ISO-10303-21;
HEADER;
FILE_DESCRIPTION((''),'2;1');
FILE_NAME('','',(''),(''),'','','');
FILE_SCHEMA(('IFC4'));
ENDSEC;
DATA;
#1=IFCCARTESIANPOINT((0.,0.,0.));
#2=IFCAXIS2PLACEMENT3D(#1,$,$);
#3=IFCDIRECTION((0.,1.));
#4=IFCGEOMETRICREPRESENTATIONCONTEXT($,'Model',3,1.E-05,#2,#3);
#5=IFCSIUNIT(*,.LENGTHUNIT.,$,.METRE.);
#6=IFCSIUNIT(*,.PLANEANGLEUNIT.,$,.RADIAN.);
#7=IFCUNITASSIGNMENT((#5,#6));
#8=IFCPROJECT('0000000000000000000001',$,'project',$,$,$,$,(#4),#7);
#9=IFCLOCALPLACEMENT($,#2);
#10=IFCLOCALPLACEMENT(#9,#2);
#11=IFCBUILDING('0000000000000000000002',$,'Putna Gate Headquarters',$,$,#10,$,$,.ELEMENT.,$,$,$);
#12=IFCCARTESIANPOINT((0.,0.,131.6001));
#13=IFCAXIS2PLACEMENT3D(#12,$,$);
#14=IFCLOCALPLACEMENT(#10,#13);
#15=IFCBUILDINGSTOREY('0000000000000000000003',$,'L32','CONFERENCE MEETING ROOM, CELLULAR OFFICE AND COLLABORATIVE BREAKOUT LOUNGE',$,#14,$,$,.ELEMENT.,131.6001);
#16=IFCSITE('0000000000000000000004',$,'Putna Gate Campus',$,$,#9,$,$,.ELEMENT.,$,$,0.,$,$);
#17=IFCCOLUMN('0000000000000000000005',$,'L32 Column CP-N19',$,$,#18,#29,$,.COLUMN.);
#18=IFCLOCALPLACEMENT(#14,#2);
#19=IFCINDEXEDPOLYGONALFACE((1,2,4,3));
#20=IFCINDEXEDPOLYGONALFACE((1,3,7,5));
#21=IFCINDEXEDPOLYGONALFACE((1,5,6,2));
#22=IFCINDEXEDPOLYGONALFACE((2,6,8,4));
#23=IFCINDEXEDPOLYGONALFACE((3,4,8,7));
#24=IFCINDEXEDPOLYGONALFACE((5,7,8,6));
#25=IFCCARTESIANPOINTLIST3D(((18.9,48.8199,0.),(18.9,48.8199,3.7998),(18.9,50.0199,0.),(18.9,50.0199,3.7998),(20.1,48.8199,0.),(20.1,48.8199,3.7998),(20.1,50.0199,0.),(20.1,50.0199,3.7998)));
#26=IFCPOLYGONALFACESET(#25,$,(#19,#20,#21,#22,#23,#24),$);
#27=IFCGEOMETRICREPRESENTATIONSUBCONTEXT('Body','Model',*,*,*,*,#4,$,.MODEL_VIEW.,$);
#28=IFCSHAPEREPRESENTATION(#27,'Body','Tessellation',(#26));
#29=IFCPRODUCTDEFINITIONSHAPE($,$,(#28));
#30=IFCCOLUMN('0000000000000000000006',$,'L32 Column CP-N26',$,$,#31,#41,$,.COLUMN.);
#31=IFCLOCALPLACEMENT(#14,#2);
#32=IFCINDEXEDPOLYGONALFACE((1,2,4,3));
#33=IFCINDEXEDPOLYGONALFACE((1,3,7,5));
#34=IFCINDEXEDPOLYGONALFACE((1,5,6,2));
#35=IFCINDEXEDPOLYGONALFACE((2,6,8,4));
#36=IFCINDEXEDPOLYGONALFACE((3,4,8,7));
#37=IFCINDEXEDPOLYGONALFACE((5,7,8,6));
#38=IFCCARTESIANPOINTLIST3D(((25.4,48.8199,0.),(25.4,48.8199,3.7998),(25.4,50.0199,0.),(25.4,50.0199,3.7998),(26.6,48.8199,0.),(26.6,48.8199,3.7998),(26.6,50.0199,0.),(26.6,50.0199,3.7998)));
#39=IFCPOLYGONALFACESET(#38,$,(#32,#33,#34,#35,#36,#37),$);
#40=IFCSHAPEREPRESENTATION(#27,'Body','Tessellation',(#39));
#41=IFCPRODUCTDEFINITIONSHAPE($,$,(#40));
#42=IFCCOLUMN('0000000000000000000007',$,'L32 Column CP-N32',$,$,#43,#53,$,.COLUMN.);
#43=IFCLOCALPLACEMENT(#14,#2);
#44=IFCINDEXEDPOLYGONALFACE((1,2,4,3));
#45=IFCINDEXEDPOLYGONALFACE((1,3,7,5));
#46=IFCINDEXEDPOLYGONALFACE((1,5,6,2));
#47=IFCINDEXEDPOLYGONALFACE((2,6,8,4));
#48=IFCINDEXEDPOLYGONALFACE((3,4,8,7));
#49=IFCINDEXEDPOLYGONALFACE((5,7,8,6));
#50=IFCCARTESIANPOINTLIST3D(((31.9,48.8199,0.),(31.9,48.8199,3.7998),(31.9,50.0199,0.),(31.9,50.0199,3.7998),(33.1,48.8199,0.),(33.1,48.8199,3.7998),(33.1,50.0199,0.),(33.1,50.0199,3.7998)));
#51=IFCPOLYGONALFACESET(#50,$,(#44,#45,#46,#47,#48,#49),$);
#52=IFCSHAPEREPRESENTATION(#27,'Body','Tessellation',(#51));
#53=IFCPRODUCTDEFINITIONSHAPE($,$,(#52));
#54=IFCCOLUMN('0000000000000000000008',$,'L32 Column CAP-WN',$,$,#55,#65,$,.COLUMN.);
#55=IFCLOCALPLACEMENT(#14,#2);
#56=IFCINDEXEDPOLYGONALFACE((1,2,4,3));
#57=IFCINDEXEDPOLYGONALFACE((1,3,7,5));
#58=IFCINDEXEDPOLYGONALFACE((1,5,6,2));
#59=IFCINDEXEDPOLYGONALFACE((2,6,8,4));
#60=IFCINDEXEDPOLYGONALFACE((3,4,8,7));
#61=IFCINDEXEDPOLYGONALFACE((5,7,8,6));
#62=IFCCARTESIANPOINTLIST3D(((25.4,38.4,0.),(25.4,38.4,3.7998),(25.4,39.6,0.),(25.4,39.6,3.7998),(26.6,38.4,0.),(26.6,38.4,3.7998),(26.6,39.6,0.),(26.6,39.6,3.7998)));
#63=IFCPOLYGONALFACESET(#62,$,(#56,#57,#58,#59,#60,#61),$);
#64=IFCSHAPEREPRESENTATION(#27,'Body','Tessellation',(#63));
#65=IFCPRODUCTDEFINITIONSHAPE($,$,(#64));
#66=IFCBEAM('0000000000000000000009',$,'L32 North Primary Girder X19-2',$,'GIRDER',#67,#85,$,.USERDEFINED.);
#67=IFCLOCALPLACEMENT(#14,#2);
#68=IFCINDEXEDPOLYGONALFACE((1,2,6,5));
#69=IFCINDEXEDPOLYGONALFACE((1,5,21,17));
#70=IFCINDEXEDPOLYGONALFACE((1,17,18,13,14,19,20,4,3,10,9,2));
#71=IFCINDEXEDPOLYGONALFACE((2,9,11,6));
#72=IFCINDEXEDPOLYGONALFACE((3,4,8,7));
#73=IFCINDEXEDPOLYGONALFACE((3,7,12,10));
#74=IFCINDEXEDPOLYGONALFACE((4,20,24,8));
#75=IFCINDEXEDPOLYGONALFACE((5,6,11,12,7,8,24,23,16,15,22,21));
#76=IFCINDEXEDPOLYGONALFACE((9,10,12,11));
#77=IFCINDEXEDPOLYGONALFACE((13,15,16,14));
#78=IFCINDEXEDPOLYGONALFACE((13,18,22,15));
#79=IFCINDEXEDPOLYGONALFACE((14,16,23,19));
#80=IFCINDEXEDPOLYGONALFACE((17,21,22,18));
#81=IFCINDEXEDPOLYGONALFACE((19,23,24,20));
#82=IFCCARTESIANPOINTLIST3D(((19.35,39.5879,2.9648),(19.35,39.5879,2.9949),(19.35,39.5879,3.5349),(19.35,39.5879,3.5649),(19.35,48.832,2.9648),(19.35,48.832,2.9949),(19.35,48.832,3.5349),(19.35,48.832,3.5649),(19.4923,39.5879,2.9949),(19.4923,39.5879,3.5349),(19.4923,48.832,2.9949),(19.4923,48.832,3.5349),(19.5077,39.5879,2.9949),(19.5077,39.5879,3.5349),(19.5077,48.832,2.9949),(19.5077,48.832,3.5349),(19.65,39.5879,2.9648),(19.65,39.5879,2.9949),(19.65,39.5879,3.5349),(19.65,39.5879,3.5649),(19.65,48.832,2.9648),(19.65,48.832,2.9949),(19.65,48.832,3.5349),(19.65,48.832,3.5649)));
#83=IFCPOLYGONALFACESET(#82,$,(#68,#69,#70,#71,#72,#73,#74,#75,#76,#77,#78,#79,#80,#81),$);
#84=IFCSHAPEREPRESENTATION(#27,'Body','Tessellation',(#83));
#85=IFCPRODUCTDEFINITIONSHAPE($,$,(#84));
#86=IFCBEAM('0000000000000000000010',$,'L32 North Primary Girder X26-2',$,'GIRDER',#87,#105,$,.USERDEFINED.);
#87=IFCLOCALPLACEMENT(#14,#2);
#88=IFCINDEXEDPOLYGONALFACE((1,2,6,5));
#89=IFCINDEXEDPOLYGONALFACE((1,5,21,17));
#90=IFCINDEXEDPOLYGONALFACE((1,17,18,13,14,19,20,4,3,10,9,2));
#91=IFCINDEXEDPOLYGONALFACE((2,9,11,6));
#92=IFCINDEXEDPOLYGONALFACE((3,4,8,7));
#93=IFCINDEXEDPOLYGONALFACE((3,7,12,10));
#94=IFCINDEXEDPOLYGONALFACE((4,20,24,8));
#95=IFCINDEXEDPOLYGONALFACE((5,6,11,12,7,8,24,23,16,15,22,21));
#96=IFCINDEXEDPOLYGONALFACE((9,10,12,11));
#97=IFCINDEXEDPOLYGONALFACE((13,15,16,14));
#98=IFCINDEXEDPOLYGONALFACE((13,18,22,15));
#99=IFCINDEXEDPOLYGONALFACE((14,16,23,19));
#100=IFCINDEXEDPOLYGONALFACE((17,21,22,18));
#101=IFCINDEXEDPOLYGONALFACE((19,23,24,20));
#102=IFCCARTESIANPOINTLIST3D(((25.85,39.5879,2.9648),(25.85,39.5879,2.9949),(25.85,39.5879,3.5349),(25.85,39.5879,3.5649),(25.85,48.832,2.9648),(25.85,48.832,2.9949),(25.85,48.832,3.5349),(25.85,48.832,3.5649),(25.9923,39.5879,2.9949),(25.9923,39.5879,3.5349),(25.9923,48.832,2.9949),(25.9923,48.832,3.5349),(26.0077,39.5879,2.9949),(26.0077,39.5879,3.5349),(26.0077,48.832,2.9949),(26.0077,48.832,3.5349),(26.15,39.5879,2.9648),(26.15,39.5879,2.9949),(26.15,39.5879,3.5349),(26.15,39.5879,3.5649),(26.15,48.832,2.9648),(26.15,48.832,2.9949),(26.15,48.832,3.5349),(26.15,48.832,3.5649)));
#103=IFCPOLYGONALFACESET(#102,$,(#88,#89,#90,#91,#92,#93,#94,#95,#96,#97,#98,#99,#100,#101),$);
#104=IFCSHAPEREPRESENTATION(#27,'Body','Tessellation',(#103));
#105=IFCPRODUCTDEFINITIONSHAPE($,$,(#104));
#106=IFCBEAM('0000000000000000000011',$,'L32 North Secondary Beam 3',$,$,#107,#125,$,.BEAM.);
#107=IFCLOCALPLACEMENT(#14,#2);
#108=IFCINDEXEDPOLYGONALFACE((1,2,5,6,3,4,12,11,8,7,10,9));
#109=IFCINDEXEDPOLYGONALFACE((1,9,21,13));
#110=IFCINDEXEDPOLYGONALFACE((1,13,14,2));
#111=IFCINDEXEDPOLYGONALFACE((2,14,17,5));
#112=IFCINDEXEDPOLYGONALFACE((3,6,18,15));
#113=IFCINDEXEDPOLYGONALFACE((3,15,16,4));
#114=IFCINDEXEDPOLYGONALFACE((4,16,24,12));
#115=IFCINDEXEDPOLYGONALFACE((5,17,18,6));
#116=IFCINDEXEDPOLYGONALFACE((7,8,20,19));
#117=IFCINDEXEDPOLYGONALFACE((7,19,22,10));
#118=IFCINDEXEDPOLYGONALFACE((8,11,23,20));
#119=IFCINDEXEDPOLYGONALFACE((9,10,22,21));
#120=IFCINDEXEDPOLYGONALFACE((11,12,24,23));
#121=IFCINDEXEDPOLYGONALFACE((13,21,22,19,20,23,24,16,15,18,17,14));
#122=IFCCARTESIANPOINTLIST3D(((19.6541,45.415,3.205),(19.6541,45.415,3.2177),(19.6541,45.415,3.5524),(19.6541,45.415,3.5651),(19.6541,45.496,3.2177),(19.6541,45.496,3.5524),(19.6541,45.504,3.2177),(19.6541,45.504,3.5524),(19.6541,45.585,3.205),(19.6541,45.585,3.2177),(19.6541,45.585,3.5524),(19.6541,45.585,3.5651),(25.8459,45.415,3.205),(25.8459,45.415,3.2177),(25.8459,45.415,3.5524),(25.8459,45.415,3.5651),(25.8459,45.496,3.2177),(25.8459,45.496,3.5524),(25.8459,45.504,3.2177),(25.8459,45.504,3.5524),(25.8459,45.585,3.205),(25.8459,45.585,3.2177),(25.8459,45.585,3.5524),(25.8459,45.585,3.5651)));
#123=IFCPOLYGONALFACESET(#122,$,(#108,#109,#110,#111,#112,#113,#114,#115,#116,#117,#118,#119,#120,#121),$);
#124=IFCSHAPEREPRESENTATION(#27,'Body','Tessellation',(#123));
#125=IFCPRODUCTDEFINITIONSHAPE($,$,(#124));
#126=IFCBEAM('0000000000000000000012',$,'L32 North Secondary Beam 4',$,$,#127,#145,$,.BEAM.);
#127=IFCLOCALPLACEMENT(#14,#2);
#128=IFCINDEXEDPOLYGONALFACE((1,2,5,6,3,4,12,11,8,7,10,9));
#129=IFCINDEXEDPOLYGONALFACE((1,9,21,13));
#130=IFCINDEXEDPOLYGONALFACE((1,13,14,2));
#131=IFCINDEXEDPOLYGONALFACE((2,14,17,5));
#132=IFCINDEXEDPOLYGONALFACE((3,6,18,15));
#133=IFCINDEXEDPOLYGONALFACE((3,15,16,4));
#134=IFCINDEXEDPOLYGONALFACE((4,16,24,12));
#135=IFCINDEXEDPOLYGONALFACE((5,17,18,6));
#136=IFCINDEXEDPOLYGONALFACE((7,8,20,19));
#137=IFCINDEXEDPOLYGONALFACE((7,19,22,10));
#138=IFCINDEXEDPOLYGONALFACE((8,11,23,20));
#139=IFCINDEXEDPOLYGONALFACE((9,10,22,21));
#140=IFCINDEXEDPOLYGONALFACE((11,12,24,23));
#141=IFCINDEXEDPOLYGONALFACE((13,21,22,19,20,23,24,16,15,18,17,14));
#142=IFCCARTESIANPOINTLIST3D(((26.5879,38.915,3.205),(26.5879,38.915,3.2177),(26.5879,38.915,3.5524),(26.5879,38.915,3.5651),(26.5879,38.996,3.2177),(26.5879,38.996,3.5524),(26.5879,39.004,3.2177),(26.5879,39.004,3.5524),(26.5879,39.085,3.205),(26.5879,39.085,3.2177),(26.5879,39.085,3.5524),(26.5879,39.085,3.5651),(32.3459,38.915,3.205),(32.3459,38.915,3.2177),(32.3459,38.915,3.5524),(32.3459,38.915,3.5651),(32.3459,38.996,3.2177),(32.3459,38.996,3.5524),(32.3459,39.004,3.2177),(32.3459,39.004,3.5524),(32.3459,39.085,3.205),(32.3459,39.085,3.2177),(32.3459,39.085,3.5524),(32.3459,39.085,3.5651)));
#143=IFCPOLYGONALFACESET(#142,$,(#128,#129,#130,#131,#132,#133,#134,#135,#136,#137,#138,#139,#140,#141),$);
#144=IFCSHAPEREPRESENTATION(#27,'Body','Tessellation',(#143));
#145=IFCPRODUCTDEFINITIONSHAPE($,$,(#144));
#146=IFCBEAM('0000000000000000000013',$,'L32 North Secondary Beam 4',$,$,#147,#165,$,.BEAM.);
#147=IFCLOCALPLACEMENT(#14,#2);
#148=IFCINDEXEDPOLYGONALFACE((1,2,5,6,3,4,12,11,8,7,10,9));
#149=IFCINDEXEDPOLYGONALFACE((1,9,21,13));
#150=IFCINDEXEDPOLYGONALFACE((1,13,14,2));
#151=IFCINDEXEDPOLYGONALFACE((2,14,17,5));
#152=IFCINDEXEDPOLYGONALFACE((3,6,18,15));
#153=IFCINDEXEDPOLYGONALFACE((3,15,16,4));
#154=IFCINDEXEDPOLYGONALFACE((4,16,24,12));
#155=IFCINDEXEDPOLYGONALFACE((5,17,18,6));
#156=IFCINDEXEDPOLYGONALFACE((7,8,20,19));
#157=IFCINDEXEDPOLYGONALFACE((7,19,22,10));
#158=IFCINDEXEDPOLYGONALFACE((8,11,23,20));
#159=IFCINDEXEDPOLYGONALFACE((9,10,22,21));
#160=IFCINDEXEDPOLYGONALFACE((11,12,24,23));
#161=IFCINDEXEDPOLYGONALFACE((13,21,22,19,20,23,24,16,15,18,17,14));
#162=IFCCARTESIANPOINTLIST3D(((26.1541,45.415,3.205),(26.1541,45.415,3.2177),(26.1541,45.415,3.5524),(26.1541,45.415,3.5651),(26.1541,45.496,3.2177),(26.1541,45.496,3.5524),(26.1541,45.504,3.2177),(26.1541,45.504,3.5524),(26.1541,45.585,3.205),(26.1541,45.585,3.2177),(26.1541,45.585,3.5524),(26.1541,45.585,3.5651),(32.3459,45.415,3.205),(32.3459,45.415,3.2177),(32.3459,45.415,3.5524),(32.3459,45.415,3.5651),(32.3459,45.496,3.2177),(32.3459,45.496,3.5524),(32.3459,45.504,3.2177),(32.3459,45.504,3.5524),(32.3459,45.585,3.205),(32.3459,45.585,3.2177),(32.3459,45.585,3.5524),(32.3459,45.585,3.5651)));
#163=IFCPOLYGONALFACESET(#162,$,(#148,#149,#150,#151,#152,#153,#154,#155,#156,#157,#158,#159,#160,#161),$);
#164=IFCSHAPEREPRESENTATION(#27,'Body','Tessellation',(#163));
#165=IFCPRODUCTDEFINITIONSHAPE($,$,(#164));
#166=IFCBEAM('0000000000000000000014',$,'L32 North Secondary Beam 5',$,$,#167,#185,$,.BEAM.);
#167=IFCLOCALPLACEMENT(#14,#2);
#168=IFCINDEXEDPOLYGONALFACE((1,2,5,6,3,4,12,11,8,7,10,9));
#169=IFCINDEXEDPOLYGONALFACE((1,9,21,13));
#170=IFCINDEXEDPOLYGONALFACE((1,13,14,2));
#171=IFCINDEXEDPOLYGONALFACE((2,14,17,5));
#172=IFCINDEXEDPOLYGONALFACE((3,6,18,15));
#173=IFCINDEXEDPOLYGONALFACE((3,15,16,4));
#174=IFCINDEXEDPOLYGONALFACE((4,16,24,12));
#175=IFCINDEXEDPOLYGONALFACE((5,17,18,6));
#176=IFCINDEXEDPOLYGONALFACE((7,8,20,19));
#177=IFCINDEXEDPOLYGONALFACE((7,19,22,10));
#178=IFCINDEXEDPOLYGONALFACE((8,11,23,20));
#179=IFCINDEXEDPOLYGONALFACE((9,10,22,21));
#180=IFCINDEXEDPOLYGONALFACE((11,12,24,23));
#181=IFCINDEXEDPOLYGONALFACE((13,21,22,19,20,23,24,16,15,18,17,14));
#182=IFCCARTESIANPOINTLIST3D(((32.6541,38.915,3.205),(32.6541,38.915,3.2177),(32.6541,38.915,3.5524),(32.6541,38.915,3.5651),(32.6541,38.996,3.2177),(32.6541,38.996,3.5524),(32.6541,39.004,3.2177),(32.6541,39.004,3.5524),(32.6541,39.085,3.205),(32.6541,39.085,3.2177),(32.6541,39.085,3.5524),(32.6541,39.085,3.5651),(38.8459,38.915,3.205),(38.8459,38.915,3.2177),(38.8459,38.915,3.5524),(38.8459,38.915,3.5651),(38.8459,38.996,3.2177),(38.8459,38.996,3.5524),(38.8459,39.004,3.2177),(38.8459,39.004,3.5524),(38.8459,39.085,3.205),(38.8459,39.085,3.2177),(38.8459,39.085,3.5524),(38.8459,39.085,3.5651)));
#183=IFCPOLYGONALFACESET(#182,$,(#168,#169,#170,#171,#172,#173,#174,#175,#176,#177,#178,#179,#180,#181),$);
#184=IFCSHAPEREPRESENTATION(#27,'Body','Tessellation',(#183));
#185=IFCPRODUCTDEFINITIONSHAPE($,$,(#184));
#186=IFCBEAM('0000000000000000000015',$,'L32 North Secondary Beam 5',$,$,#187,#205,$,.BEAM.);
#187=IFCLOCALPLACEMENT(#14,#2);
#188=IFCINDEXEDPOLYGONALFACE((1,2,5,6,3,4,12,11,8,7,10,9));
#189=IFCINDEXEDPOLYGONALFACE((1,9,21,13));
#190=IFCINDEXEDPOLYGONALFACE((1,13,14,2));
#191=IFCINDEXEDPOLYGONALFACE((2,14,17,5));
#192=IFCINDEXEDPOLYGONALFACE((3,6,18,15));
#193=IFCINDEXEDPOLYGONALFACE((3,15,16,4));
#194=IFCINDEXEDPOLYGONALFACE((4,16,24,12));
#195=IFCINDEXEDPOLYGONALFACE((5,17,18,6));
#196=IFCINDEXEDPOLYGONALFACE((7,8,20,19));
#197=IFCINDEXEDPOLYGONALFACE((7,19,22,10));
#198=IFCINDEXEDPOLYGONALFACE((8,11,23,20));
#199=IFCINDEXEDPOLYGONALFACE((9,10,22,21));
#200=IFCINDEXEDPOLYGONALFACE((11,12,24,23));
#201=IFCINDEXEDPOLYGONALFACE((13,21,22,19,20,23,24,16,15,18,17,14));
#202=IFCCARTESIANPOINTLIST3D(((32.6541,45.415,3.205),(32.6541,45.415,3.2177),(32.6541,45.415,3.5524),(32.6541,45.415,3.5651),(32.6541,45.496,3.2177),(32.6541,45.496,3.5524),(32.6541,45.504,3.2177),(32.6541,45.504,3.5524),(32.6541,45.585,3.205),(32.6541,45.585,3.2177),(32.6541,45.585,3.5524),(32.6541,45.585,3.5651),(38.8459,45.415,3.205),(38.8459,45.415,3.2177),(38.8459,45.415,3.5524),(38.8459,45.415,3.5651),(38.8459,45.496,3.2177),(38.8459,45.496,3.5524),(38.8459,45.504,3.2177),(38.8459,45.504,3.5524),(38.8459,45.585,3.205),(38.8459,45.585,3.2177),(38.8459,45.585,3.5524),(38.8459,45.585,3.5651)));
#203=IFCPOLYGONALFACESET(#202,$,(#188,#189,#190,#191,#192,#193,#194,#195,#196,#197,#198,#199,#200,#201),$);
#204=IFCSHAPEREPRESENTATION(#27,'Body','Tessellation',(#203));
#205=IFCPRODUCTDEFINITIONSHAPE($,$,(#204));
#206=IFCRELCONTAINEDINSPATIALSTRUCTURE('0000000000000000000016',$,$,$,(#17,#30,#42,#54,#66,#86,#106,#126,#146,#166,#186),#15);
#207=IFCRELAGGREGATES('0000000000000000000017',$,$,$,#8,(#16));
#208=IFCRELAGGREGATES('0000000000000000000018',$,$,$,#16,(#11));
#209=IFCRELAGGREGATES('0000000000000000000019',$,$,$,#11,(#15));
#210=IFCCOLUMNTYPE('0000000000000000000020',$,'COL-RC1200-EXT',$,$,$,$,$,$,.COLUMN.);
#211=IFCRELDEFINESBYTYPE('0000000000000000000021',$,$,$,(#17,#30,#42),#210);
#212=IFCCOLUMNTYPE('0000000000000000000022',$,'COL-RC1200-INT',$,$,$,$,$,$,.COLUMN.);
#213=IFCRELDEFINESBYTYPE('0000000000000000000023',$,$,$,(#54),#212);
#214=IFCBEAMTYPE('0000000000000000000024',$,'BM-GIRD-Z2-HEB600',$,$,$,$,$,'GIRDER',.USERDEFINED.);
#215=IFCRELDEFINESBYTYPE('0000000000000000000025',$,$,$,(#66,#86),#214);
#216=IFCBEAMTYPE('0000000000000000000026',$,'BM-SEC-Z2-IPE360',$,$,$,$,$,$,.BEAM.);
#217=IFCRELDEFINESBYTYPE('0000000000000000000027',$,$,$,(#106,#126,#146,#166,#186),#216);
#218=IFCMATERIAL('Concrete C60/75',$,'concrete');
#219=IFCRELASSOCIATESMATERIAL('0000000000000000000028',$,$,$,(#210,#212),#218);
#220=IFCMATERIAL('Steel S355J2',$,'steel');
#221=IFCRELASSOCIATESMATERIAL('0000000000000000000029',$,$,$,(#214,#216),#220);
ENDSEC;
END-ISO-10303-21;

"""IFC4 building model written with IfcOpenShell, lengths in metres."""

from ifc_helpers import new_model, si_unit, direction, frame, origin, origin_2d, place, context, subcontext, project, spatial, rectangle, i_section, extrude, material, material_profile, profile_set, type_object, element, save


model = new_model("IFC4")

# Units and contexts
model_context = context("Model", 3, precision=1e-05, world=origin(), true_north=direction((0.0, 1.0)))
body_context = subcontext(model_context, "Body", "Model", "MODEL_VIEW")
ifc_project = project(units=[si_unit("LENGTHUNIT", "METRE"), si_unit("PLANEANGLEUNIT", "RADIAN")], contexts=[model_context])

# Site, building, storey
site_placement = place(None, origin())
site = spatial("IfcSite", under=ifc_project, at=site_placement, Name="Putna Gate Campus", CompositionType="ELEMENT", RefElevation=0.0)
building_placement = place(site_placement, origin())
building = spatial("IfcBuilding", under=site, at=building_placement, Name="Putna Gate Headquarters", CompositionType="ELEMENT")
storey_placement = place(building_placement, frame((0.0, 0.0, 131.6001)))
storey = spatial("IfcBuildingStorey", under=building, at=storey_placement, Name="L32", Description="CONFERENCE MEETING ROOM, CELLULAR OFFICE AND COLLABORATIVE BREAKOUT LOUNGE", CompositionType="ELEMENT", Elevation=131.6001)

# Columns
ifc_material_1 = material(Name="Concrete C60/75", Category="concrete")
ifc_material_profile_1 = material_profile(ifc_material_1, rectangle(XDim=1.2, YDim=1.2, at=origin_2d()), Name="Concrete C60/75")
ifc_profile_set_1 = profile_set([ifc_material_profile_1], Name="Concrete C60/75")
column_type_1 = type_object("IfcColumnType", Name="COL-RC1200-EXT", PredefinedType="COLUMN", material=ifc_profile_set_1)
for number, where, z_axis, x_axis, name in (
    (1, (19.5, 49.4199, 0.0), (0.0, 0.0, 1.0), (1.0, 0.0, 0.0), "L32 Column CP-N19"),
    (2, (26.0, 49.4199, 0.0), (0.0, 0.0, 1.0), (1.0, 0.0, 0.0), "L32 Column CP-N26"),
    (3, (32.5, 49.4199, 0.0), (0.0, 0.0, 1.0), (1.0, 0.0, 0.0), "L32 Column CP-N32"),
):
    element("IfcColumn", number, at=place(storey_placement, frame(where, z_axis=z_axis, x_axis=x_axis)), inside=storey, type_object=column_type_1, Name=name, PredefinedType="COLUMN", context=body_context, shape_type="SweptSolid", body=[
        extrude(rectangle(XDim=1.2, YDim=1.2, at=origin_2d()), origin(), (0.0, 0.0, 1.0), 3.7998),
    ])
ifc_material_profile_2 = material_profile(ifc_material_1, rectangle(XDim=1.2, YDim=1.2, at=origin_2d()), Name="Concrete C60/75")
ifc_profile_set_2 = profile_set([ifc_material_profile_2], Name="Concrete C60/75")
column_type_2 = type_object("IfcColumnType", Name="COL-RC1200-INT", PredefinedType="COLUMN", material=ifc_profile_set_2)
column_placement = place(storey_placement, frame((26.0, 39.0, 0.0), z_axis=(0.0, 0.0, 1.0), x_axis=(1.0, 0.0, 0.0)))
element("IfcColumn", 4, at=column_placement, inside=storey, type_object=column_type_2, Name="L32 Column CAP-WN", PredefinedType="COLUMN", context=body_context, shape_type="SweptSolid", body=[
    extrude(rectangle(XDim=1.2, YDim=1.2, at=origin_2d()), origin(), (0.0, 0.0, 1.0), 3.7998),
])

# Beams
ifc_material_2 = material(Name="Steel S355J2", Category="steel")
ifc_material_profile_3 = material_profile(ifc_material_2, i_section(OverallWidth=0.3, OverallDepth=0.6001, WebThickness=0.0154, FlangeThickness=0.03, at=origin_2d()), Name="Steel S355J2")
ifc_profile_set_3 = profile_set([ifc_material_profile_3], Name="Steel S355J2")
beam_type_1 = type_object("IfcBeamType", Name="BM-GIRD-Z2-HEB600", ElementType="GIRDER", PredefinedType="USERDEFINED", material=ifc_profile_set_3)
for number, where, z_axis, x_axis, name in (
    (5, (19.5, 39.5879, 3.2649), (0.0, 1.0, 0.0), (-1.0, 0.0, 0.0), "L32 North Primary Girder X19-2"),
    (6, (26.0, 39.5879, 3.2649), (0.0, 1.0, 0.0), (-1.0, 0.0, 0.0), "L32 North Primary Girder X26-2"),
):
    element("IfcBeam", number, at=place(storey_placement, frame(where, z_axis=z_axis, x_axis=x_axis)), inside=storey, type_object=beam_type_1, Name=name, ObjectType="GIRDER", PredefinedType="USERDEFINED", context=body_context, shape_type="SweptSolid", body=[
        extrude(i_section(OverallWidth=0.3, OverallDepth=0.6001, WebThickness=0.0154, FlangeThickness=0.03, at=origin_2d()), origin(), (0.0, 0.0, 1.0), 9.2441),
    ])
ifc_material_profile_4 = material_profile(ifc_material_2, i_section(OverallWidth=0.1699, OverallDepth=0.3601, WebThickness=0.0081, FlangeThickness=0.0127, at=origin_2d()), Name="Steel S355J2")
ifc_profile_set_4 = profile_set([ifc_material_profile_4], Name="Steel S355J2")
beam_type_2 = type_object("IfcBeamType", Name="BM-SEC-Z2-IPE360", PredefinedType="BEAM", material=ifc_profile_set_4)
beam_1_placement = place(storey_placement, frame((19.6541, 45.5, 3.385), z_axis=(1.0, 0.0, 0.0), x_axis=(0.0, 1.0, 0.0)))
element("IfcBeam", 7, at=beam_1_placement, inside=storey, type_object=beam_type_2, Name="L32 North Secondary Beam 3", PredefinedType="BEAM", context=body_context, shape_type="SweptSolid", body=[
    extrude(i_section(OverallWidth=0.1699, OverallDepth=0.3601, WebThickness=0.0081, FlangeThickness=0.0127, at=origin_2d()), origin(), (0.0, 0.0, 1.0), 6.1919),
])
beam_2_placement = place(storey_placement, frame((26.5879, 39.0, 3.385), z_axis=(1.0, 0.0, 0.0), x_axis=(0.0, 1.0, 0.0)))
element("IfcBeam", 8, at=beam_2_placement, inside=storey, type_object=beam_type_2, Name="L32 North Secondary Beam 4", PredefinedType="BEAM", context=body_context, shape_type="SweptSolid", body=[
    extrude(i_section(OverallWidth=0.1699, OverallDepth=0.3601, WebThickness=0.0081, FlangeThickness=0.0127, at=origin_2d()), origin(), (0.0, 0.0, 1.0), 5.7581),
])
for number, where, z_axis, x_axis, name in (
    (9, (26.1541, 45.5, 3.385), (1.0, 0.0, 0.0), (0.0, 1.0, 0.0), "L32 North Secondary Beam 4"),
    (10, (32.6541, 39.0, 3.385), (1.0, 0.0, 0.0), (0.0, 1.0, 0.0), "L32 North Secondary Beam 5"),
    (11, (32.6541, 45.5, 3.385), (1.0, 0.0, 0.0), (0.0, 1.0, 0.0), "L32 North Secondary Beam 5"),
):
    element("IfcBeam", number, at=place(storey_placement, frame(where, z_axis=z_axis, x_axis=x_axis)), inside=storey, type_object=beam_type_2, Name=name, PredefinedType="BEAM", context=body_context, shape_type="SweptSolid", body=[
        extrude(i_section(OverallWidth=0.1699, OverallDepth=0.3601, WebThickness=0.0081, FlangeThickness=0.0127, at=origin_2d()), origin(), (0.0, 0.0, 1.0), 6.1919),
    ])

save(model, "model.ifc")
